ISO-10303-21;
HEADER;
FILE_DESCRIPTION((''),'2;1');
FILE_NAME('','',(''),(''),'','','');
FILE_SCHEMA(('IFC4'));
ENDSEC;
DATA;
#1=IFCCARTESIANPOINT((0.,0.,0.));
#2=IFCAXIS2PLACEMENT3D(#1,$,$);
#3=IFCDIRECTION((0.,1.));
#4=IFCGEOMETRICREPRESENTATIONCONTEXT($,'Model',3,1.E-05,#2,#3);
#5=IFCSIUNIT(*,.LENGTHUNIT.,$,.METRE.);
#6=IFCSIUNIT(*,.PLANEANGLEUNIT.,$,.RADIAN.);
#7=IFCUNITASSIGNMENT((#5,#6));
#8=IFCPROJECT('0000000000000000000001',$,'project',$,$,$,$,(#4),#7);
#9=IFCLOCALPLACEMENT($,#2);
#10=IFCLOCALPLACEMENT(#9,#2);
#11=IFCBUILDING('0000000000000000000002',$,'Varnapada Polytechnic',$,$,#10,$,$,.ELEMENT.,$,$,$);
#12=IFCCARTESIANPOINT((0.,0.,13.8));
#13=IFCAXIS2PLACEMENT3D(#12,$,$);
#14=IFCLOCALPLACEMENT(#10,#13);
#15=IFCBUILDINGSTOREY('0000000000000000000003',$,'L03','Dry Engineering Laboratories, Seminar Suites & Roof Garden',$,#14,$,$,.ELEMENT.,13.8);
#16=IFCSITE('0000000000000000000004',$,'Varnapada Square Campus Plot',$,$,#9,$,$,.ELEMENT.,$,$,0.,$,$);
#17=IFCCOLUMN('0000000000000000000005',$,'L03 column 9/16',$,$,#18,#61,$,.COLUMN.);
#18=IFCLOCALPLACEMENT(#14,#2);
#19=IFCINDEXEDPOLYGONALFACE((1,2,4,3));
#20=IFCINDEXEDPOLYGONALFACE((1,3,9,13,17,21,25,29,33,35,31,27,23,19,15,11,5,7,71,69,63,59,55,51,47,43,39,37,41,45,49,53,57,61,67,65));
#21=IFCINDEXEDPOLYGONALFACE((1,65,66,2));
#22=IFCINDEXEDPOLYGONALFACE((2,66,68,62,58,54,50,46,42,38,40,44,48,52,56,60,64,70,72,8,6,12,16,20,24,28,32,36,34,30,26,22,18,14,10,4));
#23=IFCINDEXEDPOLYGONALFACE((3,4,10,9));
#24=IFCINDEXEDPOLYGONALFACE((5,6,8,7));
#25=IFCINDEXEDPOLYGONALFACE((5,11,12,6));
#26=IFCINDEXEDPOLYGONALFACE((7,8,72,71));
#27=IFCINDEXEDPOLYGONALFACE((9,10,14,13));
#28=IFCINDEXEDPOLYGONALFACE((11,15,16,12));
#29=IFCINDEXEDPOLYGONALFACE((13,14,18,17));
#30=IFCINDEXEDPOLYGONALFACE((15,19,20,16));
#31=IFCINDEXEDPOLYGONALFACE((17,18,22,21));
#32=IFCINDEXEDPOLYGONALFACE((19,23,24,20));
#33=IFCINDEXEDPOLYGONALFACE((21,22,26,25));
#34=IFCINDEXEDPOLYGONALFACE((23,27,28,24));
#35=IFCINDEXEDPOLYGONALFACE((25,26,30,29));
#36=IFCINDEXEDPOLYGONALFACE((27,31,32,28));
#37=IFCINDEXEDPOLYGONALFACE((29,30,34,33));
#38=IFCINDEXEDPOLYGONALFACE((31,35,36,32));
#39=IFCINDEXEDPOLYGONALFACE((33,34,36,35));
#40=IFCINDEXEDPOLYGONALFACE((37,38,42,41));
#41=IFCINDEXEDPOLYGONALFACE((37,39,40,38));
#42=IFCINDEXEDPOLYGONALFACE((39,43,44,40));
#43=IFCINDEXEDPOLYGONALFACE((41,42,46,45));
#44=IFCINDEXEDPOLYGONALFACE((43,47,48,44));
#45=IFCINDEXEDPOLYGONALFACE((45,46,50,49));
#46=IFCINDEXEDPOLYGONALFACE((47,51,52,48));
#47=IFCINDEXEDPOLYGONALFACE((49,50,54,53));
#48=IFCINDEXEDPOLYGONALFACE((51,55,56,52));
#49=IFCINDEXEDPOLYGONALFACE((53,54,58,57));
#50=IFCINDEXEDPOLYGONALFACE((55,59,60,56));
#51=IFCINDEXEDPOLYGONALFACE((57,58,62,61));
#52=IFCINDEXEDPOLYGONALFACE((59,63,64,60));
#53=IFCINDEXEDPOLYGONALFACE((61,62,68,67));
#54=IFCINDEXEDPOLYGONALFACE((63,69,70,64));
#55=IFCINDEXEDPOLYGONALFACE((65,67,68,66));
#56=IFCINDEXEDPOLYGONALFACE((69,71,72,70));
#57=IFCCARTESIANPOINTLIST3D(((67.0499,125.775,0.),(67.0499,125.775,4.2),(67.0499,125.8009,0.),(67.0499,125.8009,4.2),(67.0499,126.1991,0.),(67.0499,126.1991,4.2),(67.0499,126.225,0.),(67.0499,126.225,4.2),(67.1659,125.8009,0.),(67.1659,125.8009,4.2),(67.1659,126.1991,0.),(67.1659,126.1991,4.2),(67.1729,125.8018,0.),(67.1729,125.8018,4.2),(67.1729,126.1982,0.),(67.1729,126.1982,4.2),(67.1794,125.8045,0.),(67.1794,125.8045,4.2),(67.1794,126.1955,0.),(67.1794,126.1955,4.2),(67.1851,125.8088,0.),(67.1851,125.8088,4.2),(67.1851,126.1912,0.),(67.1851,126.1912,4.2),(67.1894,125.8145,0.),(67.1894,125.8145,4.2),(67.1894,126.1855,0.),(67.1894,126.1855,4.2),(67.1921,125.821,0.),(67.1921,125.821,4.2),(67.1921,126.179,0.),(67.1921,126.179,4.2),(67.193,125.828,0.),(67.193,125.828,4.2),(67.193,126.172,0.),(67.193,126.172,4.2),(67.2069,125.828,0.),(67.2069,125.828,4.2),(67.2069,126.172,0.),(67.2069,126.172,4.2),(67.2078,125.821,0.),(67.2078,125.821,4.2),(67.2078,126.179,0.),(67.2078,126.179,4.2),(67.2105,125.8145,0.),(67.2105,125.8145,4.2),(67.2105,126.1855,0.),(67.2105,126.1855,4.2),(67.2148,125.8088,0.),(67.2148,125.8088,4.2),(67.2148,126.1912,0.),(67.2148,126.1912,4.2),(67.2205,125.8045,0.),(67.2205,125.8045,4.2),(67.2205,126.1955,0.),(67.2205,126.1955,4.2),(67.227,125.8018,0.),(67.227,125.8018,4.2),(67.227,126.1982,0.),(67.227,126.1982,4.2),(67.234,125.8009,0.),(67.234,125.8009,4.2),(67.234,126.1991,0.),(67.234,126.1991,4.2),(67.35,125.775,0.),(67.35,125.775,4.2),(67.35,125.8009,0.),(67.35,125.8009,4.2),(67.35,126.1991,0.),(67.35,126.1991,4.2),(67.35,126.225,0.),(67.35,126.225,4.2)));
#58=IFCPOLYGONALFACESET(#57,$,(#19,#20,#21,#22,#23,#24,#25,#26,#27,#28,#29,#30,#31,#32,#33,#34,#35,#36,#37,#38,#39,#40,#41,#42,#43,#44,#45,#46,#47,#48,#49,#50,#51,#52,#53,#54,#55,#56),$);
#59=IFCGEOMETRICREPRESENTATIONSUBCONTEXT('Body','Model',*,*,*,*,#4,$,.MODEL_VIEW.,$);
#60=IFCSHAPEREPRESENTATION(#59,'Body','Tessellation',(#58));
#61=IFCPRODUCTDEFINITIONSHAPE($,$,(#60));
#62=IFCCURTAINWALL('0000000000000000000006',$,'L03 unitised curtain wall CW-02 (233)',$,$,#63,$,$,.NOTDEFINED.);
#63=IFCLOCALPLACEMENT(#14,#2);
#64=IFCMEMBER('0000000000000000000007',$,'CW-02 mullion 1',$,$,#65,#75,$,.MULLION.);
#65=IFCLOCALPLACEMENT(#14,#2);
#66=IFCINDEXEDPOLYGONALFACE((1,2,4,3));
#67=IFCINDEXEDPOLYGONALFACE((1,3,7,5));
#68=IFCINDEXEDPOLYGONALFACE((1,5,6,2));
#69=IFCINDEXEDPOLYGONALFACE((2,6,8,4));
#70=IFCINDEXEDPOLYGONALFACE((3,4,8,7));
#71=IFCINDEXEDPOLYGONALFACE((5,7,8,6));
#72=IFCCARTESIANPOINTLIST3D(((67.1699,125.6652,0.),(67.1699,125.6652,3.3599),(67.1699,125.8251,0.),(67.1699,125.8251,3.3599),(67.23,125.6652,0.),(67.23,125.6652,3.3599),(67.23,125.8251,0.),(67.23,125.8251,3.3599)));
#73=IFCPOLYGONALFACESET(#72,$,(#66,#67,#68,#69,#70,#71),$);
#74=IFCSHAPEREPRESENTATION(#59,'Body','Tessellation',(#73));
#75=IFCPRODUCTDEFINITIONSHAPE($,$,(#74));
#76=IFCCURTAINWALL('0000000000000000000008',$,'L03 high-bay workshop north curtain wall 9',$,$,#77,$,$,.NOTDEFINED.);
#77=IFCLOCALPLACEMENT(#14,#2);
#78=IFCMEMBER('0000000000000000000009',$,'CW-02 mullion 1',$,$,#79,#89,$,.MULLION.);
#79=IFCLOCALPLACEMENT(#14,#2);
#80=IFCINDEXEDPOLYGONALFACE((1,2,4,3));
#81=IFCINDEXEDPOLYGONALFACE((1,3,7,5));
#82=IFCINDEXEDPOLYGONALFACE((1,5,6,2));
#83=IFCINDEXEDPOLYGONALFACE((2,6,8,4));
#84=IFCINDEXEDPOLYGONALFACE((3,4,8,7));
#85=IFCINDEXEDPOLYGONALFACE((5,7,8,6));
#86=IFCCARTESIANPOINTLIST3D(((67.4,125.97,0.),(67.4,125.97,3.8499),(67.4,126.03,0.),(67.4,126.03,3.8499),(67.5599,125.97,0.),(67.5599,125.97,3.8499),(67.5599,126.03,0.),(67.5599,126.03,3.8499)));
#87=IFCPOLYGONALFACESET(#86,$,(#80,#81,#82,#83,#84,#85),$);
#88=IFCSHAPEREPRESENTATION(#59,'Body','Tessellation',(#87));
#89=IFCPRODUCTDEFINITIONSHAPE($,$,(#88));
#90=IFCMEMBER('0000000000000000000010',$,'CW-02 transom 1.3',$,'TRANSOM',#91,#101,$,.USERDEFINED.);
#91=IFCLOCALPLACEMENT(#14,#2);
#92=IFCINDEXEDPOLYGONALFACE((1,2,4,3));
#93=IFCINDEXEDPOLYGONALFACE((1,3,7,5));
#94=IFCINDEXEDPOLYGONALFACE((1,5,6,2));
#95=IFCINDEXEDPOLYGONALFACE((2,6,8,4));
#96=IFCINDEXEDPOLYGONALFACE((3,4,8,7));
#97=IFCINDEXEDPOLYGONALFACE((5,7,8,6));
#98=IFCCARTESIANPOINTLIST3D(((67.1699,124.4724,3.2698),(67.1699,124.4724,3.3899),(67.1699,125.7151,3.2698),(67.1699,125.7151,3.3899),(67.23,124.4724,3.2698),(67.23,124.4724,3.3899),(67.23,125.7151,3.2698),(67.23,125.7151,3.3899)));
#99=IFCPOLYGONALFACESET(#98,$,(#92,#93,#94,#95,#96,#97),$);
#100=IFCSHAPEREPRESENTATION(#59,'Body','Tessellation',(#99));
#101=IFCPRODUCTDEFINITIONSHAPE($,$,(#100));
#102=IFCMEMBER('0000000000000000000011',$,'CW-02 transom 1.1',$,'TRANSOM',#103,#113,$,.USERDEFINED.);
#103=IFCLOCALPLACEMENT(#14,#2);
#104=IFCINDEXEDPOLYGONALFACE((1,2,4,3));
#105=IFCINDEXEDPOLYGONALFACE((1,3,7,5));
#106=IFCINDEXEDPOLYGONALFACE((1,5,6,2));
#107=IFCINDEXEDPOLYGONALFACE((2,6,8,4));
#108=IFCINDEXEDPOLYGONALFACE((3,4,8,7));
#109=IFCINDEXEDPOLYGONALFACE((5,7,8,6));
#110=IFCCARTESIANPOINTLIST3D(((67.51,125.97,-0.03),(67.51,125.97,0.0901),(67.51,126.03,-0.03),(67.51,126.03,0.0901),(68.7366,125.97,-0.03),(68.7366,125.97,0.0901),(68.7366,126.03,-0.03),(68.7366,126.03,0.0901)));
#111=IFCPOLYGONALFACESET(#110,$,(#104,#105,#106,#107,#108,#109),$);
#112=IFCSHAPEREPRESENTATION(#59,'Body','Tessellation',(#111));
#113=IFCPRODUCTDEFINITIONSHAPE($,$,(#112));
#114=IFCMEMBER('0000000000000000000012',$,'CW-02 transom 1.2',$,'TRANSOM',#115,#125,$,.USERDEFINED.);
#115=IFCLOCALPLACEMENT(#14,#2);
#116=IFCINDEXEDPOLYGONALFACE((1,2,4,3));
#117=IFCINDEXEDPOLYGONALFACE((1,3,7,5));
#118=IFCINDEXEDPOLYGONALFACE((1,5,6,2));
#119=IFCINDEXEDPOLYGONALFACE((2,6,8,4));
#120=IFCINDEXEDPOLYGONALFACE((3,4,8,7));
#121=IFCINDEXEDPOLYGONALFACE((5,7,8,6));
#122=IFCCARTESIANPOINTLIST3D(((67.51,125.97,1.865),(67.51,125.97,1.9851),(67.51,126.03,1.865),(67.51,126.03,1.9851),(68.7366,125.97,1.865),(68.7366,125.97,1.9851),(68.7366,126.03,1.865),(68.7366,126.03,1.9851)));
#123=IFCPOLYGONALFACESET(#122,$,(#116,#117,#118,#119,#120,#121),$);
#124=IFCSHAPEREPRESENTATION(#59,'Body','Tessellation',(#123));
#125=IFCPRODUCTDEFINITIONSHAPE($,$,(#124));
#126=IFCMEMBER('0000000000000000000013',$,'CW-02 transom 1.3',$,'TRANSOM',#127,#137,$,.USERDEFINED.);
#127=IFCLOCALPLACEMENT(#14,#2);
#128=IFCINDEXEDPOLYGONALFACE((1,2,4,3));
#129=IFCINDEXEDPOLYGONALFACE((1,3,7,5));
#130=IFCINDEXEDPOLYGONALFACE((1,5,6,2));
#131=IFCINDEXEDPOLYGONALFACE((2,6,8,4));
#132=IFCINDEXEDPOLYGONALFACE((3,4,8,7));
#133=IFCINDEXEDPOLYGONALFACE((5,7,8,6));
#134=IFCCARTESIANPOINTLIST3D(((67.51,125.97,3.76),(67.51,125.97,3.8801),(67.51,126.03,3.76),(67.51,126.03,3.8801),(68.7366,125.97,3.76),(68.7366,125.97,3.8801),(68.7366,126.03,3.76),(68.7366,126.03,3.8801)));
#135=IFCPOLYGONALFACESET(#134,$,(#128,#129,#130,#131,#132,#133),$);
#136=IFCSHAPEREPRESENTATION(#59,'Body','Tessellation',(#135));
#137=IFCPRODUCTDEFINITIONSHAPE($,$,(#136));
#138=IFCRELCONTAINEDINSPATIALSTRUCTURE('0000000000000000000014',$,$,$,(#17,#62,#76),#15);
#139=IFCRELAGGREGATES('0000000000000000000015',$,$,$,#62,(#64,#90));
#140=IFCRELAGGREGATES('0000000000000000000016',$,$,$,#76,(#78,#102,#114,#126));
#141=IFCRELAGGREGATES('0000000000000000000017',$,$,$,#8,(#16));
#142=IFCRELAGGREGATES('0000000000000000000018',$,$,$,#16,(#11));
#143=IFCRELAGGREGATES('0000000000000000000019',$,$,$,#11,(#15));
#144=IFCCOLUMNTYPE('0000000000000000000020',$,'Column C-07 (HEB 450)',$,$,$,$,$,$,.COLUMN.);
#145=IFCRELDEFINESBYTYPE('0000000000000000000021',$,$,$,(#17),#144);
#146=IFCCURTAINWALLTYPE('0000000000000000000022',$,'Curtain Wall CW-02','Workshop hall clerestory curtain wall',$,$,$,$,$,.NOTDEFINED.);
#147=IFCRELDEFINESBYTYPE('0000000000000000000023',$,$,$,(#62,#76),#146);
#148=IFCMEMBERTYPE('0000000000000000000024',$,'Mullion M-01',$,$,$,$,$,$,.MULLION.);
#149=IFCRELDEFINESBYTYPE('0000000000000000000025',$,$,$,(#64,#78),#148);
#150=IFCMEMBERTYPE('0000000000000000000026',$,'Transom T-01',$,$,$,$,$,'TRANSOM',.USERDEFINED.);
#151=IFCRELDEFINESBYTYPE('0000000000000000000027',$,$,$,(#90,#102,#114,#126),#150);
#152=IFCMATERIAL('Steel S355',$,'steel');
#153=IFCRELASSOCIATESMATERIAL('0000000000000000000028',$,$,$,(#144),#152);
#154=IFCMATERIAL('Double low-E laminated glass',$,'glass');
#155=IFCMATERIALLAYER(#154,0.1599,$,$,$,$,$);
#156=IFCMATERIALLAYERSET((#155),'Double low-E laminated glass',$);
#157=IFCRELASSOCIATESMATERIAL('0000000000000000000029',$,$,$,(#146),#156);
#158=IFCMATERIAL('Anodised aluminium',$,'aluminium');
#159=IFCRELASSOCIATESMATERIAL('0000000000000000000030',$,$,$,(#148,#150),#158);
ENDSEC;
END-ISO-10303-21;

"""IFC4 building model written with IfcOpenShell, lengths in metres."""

from ifc_helpers import new_model, si_unit, direction, frame, origin, origin_2d, place, context, subcontext, project, spatial, rectangle, i_section, extrude, material, layer, layer_set, material_profile, profile_set, type_object, element, aggregate, save


model = new_model("IFC4")

# Units and contexts
model_context = context("Model", 3, precision=1e-05, world=origin(), true_north=direction((0.0, 1.0)))
body_context = subcontext(model_context, "Body", "Model", "MODEL_VIEW")
ifc_project = project(units=[si_unit("LENGTHUNIT", "METRE"), si_unit("PLANEANGLEUNIT", "RADIAN")], contexts=[model_context])

# Site, building, storey
site_placement = place(None, origin())
site = spatial("IfcSite", under=ifc_project, at=site_placement, Name="Varnapada Square Campus Plot", CompositionType="ELEMENT", RefElevation=0.0)
building_placement = place(site_placement, origin())
building = spatial("IfcBuilding", under=site, at=building_placement, Name="Varnapada Polytechnic", CompositionType="ELEMENT")
storey_placement = place(building_placement, frame((0.0, 0.0, 13.8)))
storey = spatial("IfcBuildingStorey", under=building, at=storey_placement, Name="L03", Description="Dry Engineering Laboratories, Seminar Suites & Roof Garden", CompositionType="ELEMENT", Elevation=13.8)

# Column
ifc_material_1 = material(Name="Steel S355", Category="steel")
ifc_material_profile_1 = material_profile(ifc_material_1, i_section(OverallWidth=0.3, OverallDepth=0.45, WebThickness=0.0139, FlangeThickness=0.0259, FilletRadius=0.0271, at=origin_2d()), Name="HEB 450")
ifc_profile_set_1 = profile_set([ifc_material_profile_1], Name="Steel S355")
column_type = type_object("IfcColumnType", Name="Column C-07 (HEB 450)", PredefinedType="COLUMN", material=ifc_profile_set_1)
column_placement = place(storey_placement, frame((67.2, 126.0, 0.0), z_axis=(0.0, 0.0, 1.0), x_axis=(1.0, 0.0, 0.0)))
element("IfcColumn", 1, at=column_placement, inside=storey, type_object=column_type, Name="L03 column 9/16", PredefinedType="COLUMN", context=body_context, shape_type="SweptSolid", body=[
    extrude(i_section(OverallWidth=0.3, OverallDepth=0.45, WebThickness=0.0139, FlangeThickness=0.0259, FilletRadius=0.0271, at=origin_2d()), origin(), (0.0, 0.0, 1.0), 4.2),
])

# Curtain walls, members
ifc_material_2 = material(Name="Double low-E laminated glass", Category="glass")
ifc_layer_1 = layer(ifc_material_2, 0.1599)
ifc_layer_set_1 = layer_set([ifc_layer_1], Name="Double low-E laminated glass")
curtain_wall_type = type_object("IfcCurtainWallType", Name="Curtain Wall CW-02", Description="Workshop hall clerestory curtain wall", PredefinedType="NOTDEFINED", material=ifc_layer_set_1)
curtain_wall_1_placement = place(storey_placement, origin())
curtain_wall_1 = element("IfcCurtainWall", 2, at=curtain_wall_1_placement, inside=storey, type_object=curtain_wall_type, Name="L03 unitised curtain wall CW-02 (233)", PredefinedType="NOTDEFINED")
ifc_material_3 = material(Name="Anodised aluminium", Category="aluminium")
ifc_material_profile_2 = material_profile(ifc_material_3, rectangle(XDim=0.0601, YDim=0.1599, at=origin_2d()), Name="ALU M60x160")
ifc_profile_set_2 = profile_set([ifc_material_profile_2], Name="Anodised aluminium")
member_type_1 = type_object("IfcMemberType", Name="Mullion M-01", PredefinedType="MULLION", material=ifc_profile_set_2)
member_1_placement = place(storey_placement, frame((67.2, 125.7451, 0.0), z_axis=(0.0, 0.0, 1.0), x_axis=(1.0, 0.0, 0.0)))
member_1 = element("IfcMember", 3, at=member_1_placement, type_object=member_type_1, Name="CW-02 mullion 1", PredefinedType="MULLION", context=body_context, shape_type="SweptSolid", body=[
    extrude(rectangle(XDim=0.0601, YDim=0.1599, at=origin_2d()), origin(), (0.0, 0.0, 1.0), 3.3599),
])
curtain_wall_2_placement = place(storey_placement, origin())
curtain_wall_2 = element("IfcCurtainWall", 4, at=curtain_wall_2_placement, inside=storey, type_object=curtain_wall_type, Name="L03 high-bay workshop north curtain wall 9", PredefinedType="NOTDEFINED")
member_2_placement = place(storey_placement, frame((67.48, 126.0, 0.0), z_axis=(0.0, 0.0, 1.0), x_axis=(0.0, 1.0, 0.0)))
member_2 = element("IfcMember", 5, at=member_2_placement, type_object=member_type_1, Name="CW-02 mullion 1", PredefinedType="MULLION", context=body_context, shape_type="SweptSolid", body=[
    extrude(rectangle(XDim=0.0601, YDim=0.1599, at=origin_2d()), origin(), (0.0, 0.0, 1.0), 3.8499),
])

# Members
ifc_material_profile_3 = material_profile(ifc_material_3, rectangle(XDim=0.0601, YDim=0.1201, at=origin_2d()), Name="ALU T60x120")
ifc_profile_set_3 = profile_set([ifc_material_profile_3], Name="Anodised aluminium")
member_type_2 = type_object("IfcMemberType", Name="Transom T-01", ElementType="TRANSOM", PredefinedType="USERDEFINED", material=ifc_profile_set_3)
member_3_placement = place(storey_placement, frame((67.2, 125.7151, 3.3298), z_axis=(0.0, -1.0, 0.0), x_axis=(1.0, 0.0, 0.0)))
member_3 = element("IfcMember", 6, at=member_3_placement, type_object=member_type_2, Name="CW-02 transom 1.3", ObjectType="TRANSOM", PredefinedType="USERDEFINED", context=body_context, shape_type="SweptSolid", body=[
    extrude(rectangle(XDim=0.0601, YDim=0.1201, at=origin_2d()), origin(), (0.0, 0.0, 1.0), 1.2427),
])
aggregate(curtain_wall_1, [member_1, member_3])
member_4_placement = place(storey_placement, frame((67.51, 126.0, 0.03), z_axis=(1.0, 0.0, 0.0), x_axis=(0.0, 1.0, 0.0)))
member_4 = element("IfcMember", 7, at=member_4_placement, type_object=member_type_2, Name="CW-02 transom 1.1", ObjectType="TRANSOM", PredefinedType="USERDEFINED", context=body_context, shape_type="SweptSolid", body=[
    extrude(rectangle(XDim=0.0601, YDim=0.1201, at=origin_2d()), origin(), (0.0, 0.0, 1.0), 1.2266),
])
member_5_placement = place(storey_placement, frame((67.51, 126.0, 1.925), z_axis=(1.0, 0.0, 0.0), x_axis=(0.0, 1.0, 0.0)))
member_5 = element("IfcMember", 8, at=member_5_placement, type_object=member_type_2, Name="CW-02 transom 1.2", ObjectType="TRANSOM", PredefinedType="USERDEFINED", context=body_context, shape_type="SweptSolid", body=[
    extrude(rectangle(XDim=0.0601, YDim=0.1201, at=origin_2d()), origin(), (0.0, 0.0, 1.0), 1.2266),
])
member_6_placement = place(storey_placement, frame((67.51, 126.0, 3.8201), z_axis=(1.0, 0.0, 0.0), x_axis=(0.0, 1.0, 0.0)))
member_6 = element("IfcMember", 9, at=member_6_placement, type_object=member_type_2, Name="CW-02 transom 1.3", ObjectType="TRANSOM", PredefinedType="USERDEFINED", context=body_context, shape_type="SweptSolid", body=[
    extrude(rectangle(XDim=0.0601, YDim=0.1201, at=origin_2d()), origin(), (0.0, 0.0, 1.0), 1.2266),
])

aggregate(curtain_wall_2, [member_2, member_4, member_5, member_6])

save(model, "model.ifc")
